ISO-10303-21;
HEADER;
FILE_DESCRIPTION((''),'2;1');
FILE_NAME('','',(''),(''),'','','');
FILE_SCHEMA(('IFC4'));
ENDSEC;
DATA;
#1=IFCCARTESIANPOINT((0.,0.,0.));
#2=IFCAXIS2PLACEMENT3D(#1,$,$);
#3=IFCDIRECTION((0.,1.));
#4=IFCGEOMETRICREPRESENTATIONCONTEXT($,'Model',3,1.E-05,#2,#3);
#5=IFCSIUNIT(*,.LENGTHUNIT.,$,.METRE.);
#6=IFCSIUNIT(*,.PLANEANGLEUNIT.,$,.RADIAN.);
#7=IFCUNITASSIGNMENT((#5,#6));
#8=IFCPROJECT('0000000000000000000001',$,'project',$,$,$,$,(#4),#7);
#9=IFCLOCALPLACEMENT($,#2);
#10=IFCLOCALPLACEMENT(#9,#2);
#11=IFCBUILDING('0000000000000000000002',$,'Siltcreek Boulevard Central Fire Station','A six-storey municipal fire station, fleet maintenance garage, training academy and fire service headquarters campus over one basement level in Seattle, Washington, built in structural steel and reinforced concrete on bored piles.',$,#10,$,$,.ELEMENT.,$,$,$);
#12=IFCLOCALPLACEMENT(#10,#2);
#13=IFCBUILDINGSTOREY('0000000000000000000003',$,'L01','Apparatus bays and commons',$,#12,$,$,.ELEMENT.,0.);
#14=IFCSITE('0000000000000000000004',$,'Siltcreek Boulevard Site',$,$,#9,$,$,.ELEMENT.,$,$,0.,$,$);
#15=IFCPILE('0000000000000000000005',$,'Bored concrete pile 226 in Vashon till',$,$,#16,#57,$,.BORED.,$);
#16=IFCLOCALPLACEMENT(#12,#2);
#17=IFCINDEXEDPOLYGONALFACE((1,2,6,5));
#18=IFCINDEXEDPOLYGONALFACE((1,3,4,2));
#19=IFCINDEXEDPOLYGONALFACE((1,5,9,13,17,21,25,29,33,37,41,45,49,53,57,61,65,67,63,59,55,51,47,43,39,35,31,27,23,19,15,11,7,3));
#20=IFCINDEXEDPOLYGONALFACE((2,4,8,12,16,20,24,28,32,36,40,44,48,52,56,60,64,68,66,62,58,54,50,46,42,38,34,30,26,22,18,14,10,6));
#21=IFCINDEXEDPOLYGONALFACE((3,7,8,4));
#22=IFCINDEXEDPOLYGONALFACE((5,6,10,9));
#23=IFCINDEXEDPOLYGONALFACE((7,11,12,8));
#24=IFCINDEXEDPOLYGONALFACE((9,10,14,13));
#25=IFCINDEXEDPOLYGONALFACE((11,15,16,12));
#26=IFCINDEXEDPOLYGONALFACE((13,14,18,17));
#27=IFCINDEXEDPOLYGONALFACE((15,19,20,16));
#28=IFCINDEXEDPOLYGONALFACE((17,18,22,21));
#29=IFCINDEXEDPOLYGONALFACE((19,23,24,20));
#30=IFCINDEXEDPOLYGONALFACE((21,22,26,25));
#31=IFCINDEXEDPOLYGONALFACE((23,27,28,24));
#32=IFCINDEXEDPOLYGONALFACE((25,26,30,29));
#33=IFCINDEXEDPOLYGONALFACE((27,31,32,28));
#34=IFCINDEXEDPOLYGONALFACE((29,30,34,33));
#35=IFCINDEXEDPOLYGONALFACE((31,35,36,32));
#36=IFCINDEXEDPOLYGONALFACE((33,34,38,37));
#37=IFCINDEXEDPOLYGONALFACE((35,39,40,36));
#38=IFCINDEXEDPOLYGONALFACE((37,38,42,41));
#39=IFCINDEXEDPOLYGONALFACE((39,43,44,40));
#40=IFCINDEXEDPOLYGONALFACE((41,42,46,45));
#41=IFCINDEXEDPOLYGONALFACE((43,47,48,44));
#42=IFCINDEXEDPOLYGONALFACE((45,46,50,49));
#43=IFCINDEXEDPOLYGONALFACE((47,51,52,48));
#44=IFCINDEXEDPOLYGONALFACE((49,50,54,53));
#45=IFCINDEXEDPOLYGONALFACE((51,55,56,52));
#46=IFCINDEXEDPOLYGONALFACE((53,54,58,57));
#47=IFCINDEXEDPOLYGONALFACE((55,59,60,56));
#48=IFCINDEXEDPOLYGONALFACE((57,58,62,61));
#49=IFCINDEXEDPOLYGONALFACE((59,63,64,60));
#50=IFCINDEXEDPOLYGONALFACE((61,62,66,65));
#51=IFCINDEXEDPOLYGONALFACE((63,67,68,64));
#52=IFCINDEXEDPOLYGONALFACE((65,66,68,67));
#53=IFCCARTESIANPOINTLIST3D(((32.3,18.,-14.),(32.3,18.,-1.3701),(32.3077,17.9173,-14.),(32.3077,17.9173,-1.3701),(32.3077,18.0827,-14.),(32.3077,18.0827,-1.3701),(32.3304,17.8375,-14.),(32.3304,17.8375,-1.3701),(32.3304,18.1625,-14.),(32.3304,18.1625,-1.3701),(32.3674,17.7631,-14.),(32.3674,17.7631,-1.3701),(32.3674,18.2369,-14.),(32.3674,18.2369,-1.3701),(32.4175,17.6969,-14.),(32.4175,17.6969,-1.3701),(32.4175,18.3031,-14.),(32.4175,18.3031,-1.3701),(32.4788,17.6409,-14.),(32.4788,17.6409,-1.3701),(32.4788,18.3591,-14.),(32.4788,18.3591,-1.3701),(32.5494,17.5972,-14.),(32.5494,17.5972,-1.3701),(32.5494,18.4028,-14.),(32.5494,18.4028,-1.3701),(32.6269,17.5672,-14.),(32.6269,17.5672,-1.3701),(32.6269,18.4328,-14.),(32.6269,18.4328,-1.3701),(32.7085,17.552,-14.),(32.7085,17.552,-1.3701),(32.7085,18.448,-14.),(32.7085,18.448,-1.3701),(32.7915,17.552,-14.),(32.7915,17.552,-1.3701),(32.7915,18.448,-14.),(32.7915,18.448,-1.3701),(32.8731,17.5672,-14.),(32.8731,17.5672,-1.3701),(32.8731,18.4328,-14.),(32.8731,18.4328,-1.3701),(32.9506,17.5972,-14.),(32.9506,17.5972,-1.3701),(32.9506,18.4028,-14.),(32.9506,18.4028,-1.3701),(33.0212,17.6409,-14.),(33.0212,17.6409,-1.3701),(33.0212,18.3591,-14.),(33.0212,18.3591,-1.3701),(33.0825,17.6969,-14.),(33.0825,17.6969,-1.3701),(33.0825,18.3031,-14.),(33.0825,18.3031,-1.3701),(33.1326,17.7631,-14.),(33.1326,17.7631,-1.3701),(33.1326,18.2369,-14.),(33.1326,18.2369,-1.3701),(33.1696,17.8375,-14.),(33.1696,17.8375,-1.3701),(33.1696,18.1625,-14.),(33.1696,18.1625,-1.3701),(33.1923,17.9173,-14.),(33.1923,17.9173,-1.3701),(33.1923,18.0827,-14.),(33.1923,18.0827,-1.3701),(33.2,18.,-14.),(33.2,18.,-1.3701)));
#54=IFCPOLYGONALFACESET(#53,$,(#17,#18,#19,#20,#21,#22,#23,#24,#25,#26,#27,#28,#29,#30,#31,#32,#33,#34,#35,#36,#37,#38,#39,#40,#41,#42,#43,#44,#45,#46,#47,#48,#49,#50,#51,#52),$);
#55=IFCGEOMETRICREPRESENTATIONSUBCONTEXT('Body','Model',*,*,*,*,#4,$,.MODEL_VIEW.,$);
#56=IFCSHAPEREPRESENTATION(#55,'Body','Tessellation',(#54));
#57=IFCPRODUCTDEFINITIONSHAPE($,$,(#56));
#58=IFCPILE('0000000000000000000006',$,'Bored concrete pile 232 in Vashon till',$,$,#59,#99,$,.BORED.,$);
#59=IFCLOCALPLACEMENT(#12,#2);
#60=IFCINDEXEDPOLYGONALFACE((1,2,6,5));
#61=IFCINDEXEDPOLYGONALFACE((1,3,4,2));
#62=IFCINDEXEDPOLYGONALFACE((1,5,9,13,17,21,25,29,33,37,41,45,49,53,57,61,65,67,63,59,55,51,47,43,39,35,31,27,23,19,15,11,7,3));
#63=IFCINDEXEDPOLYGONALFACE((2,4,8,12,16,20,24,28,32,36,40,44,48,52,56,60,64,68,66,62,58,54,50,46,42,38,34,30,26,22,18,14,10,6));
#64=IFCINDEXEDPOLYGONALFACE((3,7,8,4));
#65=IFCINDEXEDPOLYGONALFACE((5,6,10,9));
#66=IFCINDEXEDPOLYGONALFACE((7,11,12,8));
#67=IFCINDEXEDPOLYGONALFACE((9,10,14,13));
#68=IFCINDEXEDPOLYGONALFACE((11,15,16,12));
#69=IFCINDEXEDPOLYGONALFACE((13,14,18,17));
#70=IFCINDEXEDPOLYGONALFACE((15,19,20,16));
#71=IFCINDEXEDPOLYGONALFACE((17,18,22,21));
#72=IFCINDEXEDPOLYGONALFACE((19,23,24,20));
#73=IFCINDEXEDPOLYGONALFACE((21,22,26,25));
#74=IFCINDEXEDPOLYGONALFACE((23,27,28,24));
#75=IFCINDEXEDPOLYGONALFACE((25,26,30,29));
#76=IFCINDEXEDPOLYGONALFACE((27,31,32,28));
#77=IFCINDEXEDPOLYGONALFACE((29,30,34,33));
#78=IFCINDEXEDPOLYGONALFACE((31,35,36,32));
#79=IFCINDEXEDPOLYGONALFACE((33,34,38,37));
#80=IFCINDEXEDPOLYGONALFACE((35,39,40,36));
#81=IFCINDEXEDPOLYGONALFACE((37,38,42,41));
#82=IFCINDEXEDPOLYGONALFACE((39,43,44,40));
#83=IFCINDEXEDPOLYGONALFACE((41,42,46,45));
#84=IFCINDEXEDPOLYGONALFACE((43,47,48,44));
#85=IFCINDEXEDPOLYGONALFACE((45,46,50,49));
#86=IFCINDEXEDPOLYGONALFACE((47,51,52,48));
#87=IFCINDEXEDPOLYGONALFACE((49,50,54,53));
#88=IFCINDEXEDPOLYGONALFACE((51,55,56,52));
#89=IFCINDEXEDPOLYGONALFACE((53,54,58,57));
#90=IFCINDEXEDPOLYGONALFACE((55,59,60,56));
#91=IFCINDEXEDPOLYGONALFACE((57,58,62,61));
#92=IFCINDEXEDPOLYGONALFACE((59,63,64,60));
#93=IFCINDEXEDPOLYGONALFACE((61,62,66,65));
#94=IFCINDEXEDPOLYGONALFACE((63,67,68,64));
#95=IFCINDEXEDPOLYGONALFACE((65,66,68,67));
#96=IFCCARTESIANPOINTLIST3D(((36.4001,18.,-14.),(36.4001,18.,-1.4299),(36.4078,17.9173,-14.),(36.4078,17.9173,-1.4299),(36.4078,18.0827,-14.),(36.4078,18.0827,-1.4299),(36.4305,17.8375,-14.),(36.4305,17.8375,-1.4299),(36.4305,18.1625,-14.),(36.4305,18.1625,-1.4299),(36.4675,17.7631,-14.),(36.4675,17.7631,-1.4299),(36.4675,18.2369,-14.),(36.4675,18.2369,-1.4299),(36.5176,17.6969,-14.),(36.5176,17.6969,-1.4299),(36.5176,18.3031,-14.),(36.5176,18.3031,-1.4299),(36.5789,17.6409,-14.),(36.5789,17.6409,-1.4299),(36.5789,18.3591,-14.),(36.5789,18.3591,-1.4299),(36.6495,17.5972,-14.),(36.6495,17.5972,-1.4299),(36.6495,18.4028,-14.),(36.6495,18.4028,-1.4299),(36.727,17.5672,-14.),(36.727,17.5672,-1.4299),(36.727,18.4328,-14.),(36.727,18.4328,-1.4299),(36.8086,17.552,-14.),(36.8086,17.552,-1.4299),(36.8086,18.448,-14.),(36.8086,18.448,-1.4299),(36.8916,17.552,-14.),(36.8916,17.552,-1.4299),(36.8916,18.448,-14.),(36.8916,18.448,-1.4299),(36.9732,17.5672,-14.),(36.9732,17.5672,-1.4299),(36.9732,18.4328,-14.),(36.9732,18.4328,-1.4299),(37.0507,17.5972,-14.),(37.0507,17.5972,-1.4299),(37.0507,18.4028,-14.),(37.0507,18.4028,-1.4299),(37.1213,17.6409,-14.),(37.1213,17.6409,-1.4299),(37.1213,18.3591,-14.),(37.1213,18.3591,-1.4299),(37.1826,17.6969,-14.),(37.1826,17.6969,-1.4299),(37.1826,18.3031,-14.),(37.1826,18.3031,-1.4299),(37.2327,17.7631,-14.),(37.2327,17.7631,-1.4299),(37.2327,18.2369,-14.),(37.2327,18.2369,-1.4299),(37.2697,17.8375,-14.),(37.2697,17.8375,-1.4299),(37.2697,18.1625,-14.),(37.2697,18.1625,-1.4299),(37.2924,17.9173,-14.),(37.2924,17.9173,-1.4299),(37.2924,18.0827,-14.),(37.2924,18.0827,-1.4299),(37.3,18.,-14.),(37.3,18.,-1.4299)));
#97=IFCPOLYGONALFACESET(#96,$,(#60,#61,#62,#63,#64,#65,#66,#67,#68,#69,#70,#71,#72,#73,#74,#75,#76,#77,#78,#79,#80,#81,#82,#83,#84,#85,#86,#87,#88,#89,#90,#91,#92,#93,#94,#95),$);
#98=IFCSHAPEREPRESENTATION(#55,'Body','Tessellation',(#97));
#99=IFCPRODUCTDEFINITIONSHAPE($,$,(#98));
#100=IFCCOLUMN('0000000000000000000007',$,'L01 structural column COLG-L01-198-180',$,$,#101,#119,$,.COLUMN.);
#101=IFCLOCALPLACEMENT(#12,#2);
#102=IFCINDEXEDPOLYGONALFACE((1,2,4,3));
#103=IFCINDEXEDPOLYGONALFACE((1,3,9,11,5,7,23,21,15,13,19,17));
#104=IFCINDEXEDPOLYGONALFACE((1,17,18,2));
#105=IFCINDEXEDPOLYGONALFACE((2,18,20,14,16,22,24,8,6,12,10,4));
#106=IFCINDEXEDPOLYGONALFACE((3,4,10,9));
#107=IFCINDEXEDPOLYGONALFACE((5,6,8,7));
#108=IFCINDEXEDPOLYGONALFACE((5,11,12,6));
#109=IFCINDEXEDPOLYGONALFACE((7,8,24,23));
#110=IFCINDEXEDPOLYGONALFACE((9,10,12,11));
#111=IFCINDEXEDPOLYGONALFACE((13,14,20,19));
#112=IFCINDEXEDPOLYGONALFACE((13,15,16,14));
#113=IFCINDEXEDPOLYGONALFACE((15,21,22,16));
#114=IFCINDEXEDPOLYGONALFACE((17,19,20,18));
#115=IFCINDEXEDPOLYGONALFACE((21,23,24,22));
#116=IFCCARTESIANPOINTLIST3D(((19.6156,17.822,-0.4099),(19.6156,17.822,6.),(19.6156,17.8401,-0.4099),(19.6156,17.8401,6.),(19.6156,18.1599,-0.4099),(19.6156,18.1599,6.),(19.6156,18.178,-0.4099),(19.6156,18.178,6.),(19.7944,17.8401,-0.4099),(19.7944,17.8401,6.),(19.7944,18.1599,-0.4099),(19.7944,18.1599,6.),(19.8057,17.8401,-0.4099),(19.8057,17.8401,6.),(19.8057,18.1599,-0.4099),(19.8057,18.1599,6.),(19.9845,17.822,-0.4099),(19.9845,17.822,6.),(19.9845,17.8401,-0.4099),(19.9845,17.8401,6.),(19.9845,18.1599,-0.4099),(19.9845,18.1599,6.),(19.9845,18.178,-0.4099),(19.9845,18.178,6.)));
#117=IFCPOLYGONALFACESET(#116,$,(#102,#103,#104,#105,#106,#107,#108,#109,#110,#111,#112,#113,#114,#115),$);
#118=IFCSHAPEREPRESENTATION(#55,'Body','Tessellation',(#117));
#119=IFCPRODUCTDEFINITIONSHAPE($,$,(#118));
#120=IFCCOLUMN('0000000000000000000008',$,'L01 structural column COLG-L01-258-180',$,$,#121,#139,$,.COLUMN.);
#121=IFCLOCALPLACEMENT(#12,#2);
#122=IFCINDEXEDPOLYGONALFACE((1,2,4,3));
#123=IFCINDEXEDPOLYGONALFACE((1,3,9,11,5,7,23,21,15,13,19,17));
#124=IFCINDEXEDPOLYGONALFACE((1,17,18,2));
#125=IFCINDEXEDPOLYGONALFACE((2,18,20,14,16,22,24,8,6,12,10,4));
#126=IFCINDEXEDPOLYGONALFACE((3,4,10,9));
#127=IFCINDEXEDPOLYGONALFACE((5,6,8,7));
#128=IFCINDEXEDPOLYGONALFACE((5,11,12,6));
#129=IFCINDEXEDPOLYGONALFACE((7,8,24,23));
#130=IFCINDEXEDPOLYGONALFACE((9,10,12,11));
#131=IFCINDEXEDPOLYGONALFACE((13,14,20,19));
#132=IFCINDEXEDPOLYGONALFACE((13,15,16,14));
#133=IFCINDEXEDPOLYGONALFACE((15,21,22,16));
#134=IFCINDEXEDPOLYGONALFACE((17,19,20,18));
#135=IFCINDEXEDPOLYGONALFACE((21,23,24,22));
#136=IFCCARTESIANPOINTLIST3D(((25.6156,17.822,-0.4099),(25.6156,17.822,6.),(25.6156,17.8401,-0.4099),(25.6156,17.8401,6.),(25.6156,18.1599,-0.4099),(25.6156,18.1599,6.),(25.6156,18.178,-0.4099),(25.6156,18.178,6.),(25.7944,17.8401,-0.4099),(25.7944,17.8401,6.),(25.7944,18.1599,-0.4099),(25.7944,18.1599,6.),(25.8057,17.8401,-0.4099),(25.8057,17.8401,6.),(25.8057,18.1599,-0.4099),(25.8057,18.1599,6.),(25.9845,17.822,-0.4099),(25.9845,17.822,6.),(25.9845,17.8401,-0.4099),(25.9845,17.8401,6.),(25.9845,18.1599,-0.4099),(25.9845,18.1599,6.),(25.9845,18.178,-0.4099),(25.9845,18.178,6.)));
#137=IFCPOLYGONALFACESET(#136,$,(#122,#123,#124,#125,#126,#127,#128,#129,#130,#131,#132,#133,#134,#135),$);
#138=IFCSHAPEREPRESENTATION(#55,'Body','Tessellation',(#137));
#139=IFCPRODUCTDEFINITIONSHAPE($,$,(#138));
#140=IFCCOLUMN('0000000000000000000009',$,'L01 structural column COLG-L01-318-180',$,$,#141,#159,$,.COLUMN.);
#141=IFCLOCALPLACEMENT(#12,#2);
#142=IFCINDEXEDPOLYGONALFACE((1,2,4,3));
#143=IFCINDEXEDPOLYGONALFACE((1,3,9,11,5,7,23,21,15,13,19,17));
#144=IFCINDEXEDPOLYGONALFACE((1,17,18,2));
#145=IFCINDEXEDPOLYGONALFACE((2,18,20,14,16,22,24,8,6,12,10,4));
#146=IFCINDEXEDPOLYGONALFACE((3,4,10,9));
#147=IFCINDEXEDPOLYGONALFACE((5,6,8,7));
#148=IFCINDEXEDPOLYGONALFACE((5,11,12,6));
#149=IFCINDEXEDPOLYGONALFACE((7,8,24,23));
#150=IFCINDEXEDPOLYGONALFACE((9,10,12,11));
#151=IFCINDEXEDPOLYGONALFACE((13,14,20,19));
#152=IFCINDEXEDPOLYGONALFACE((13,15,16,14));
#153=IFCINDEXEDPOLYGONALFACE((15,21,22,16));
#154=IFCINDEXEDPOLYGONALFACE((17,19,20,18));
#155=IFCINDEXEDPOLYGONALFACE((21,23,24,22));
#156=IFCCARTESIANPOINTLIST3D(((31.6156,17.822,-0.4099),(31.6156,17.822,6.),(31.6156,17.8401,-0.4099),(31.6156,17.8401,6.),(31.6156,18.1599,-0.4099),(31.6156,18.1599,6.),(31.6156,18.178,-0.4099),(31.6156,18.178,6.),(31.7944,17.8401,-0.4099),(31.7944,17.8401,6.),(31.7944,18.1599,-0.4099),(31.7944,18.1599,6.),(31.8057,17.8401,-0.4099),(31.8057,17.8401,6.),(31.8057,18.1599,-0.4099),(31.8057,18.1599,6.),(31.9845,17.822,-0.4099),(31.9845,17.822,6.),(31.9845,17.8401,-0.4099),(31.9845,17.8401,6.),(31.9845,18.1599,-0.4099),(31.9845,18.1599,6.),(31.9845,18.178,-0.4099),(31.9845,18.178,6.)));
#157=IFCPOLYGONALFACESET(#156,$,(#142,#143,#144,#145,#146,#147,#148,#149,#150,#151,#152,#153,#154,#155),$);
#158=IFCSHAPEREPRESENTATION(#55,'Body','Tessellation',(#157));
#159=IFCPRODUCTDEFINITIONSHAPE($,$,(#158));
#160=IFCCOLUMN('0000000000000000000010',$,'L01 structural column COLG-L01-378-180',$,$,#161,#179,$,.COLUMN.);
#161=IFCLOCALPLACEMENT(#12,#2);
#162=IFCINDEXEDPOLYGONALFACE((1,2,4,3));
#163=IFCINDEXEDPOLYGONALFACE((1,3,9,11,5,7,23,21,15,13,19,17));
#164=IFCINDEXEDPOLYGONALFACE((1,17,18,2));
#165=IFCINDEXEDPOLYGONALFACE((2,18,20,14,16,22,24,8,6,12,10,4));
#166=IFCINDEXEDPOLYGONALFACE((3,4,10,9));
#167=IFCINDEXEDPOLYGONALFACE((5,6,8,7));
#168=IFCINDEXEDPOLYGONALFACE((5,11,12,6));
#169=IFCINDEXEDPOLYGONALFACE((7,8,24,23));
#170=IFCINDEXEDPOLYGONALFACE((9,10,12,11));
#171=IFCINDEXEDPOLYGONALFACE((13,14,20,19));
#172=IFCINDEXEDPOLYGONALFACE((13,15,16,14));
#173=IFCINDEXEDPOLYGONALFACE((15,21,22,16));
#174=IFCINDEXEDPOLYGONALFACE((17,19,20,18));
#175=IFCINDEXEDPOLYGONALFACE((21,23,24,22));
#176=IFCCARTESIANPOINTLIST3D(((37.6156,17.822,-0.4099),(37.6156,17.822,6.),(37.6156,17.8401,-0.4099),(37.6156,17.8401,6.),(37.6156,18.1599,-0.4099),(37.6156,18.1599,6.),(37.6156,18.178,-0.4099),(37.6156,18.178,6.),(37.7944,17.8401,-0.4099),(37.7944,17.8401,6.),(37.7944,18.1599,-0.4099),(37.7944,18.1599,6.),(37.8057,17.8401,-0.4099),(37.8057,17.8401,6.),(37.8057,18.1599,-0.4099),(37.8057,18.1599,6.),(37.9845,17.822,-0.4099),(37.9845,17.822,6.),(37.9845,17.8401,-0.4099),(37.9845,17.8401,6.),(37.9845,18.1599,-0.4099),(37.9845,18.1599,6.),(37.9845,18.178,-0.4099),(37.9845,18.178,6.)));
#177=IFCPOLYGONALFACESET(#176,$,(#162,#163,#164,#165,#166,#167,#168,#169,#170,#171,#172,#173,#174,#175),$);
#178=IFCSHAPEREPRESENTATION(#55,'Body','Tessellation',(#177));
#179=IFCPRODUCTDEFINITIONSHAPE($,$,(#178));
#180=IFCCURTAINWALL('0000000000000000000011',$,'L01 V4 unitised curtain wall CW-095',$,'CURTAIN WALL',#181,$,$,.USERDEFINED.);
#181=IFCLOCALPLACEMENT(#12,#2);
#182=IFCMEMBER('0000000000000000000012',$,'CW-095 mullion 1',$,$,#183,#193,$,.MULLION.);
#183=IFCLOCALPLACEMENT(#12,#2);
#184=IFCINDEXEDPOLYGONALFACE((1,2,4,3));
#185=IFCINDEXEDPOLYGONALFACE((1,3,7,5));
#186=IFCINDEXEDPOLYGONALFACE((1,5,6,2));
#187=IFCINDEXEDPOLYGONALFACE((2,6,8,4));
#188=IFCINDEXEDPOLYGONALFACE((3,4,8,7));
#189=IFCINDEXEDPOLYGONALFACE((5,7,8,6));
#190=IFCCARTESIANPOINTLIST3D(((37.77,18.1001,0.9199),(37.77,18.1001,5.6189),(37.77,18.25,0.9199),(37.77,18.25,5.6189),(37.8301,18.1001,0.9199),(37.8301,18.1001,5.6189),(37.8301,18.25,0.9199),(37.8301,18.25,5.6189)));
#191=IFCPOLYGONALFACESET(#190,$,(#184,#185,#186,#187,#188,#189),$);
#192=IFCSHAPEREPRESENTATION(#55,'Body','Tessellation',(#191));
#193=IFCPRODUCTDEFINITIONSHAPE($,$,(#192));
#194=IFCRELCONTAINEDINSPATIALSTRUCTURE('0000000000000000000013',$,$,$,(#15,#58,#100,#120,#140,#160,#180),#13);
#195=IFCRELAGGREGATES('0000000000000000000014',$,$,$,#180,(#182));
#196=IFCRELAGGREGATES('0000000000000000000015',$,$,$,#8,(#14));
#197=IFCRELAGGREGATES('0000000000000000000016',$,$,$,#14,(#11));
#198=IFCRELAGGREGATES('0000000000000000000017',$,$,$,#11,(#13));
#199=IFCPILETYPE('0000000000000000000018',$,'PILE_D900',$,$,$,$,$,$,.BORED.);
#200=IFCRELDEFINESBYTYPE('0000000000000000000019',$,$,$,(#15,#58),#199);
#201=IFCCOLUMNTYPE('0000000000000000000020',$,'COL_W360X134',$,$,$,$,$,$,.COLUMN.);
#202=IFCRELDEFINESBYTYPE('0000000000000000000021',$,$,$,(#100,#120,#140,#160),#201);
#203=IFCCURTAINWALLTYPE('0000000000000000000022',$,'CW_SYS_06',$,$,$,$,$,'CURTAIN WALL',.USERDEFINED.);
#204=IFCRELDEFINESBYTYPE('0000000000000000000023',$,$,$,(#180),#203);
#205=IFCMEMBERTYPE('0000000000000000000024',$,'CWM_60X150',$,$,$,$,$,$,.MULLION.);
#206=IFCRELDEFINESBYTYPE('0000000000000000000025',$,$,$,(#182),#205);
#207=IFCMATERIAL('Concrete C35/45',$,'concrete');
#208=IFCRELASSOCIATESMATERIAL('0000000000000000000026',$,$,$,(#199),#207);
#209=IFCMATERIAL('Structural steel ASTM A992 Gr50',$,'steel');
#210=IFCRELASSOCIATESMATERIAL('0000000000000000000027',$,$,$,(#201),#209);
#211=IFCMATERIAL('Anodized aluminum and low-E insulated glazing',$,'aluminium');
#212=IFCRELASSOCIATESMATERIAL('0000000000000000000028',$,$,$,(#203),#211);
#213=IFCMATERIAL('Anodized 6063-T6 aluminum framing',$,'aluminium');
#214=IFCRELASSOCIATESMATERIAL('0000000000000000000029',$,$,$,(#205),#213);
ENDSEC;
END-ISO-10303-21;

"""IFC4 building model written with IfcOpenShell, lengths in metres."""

from ifc_helpers import new_model, si_unit, direction, frame, origin, origin_2d, place, context, subcontext, project, spatial, rectangle, circle, i_section, extrude, material, material_profile, profile_set, type_object, element, aggregate, save


model = new_model("IFC4")

# Units and contexts
model_context = context("Model", 3, precision=1e-05, world=origin(), true_north=direction((0.0, 1.0)))
body_context = subcontext(model_context, "Body", "Model", "MODEL_VIEW")
ifc_project = project(units=[si_unit("LENGTHUNIT", "METRE"), si_unit("PLANEANGLEUNIT", "RADIAN")], contexts=[model_context])

# Site, building, storey
site_placement = place(None, origin())
site = spatial("IfcSite", under=ifc_project, at=site_placement, Name="Siltcreek Boulevard Site", CompositionType="ELEMENT", RefElevation=0.0)
building_placement = place(site_placement, origin())
building = spatial("IfcBuilding", under=site, at=building_placement, Name="Siltcreek Boulevard Central Fire Station", Description="A six-storey municipal fire station, fleet maintenance garage, training academy and fire service headquarters campus over one basement level in Seattle, Washington, built in structural steel and reinforced concrete on bored piles.", CompositionType="ELEMENT")
storey_placement = place(building_placement, origin())
storey = spatial("IfcBuildingStorey", under=building, at=storey_placement, Name="L01", Description="Apparatus bays and commons", CompositionType="ELEMENT", Elevation=0.0)

# Shared definitions
ifc_material_1 = material(Name="Concrete C35/45", Category="concrete")

# Piles
ifc_material_profile_1 = material_profile(ifc_material_1, circle(Radius=0.45, at=origin_2d()), Name="SHAFT900")
ifc_profile_set_1 = profile_set([ifc_material_profile_1], Name="Concrete C35/45")
pile_type = type_object("IfcPileType", Name="PILE_D900", PredefinedType="BORED", material=ifc_profile_set_1)
for number, where, z_axis, x_axis, name in (
    (1, (32.75, 18.0, -1.3701), (0.0, 0.0, -1.0), (1.0, 0.0, 0.0), "Bored concrete pile 226 in Vashon till"),
):
    element("IfcPile", number, at=place(storey_placement, frame(where, z_axis=z_axis, x_axis=x_axis)), inside=storey, type_object=pile_type, Name=name, PredefinedType="BORED", context=body_context, shape_type="SweptSolid", body=[
        extrude(circle(Radius=0.45, at=origin_2d()), origin(), (0.0, 0.0, 1.0), 12.6299),
    ])
pile_1_placement = place(storey_placement, frame((36.8501, 18.0, -1.4299), z_axis=(0.0, 0.0, -1.0), x_axis=(1.0, 0.0, 0.0)))
element("IfcPile", 2, at=pile_1_placement, inside=storey, type_object=pile_type, Name="Bored concrete pile 232 in Vashon till", PredefinedType="BORED", context=body_context, shape_type="SweptSolid", body=[
    extrude(circle(Radius=0.45, at=origin_2d()), origin(), (0.0, 0.0, 1.0), 12.5701),
])

# Columns
ifc_material_2 = material(Name="Structural steel ASTM A992 Gr50", Category="steel")
ifc_material_profile_2 = material_profile(ifc_material_2, i_section(OverallWidth=0.3689, OverallDepth=0.356, WebThickness=0.0112, FlangeThickness=0.0181, at=origin_2d()), Name="W360X134")
ifc_profile_set_2 = profile_set([ifc_material_profile_2], Name="Structural steel ASTM A992 Gr50")
column_type = type_object("IfcColumnType", Name="COL_W360X134", PredefinedType="COLUMN", material=ifc_profile_set_2)
for number, where, z_axis, x_axis, name in (
    (3, (19.8, 18.0, -0.4099), (0.0, 0.0, 1.0), (1.0, 0.0, 0.0), "L01 structural column COLG-L01-198-180"),
    (4, (25.8, 18.0, -0.4099), (0.0, 0.0, 1.0), (1.0, 0.0, 0.0), "L01 structural column COLG-L01-258-180"),
    (5, (31.8, 18.0, -0.4099), (0.0, 0.0, 1.0), (1.0, 0.0, 0.0), "L01 structural column COLG-L01-318-180"),
    (6, (37.8, 18.0, -0.4099), (0.0, 0.0, 1.0), (1.0, 0.0, 0.0), "L01 structural column COLG-L01-378-180"),
):
    element("IfcColumn", number, at=place(storey_placement, frame(where, z_axis=z_axis, x_axis=x_axis)), inside=storey, type_object=column_type, Name=name, PredefinedType="COLUMN", context=body_context, shape_type="SweptSolid", body=[
        extrude(i_section(OverallWidth=0.3689, OverallDepth=0.356, WebThickness=0.0112, FlangeThickness=0.0181, at=origin_2d()), origin(), (0.0, 0.0, 1.0), 6.4099),
    ])

# Curtain wall, member
ifc_material_3 = material(Name="Anodized aluminum and low-E insulated glazing", Category="aluminium")
curtain_wall_type = type_object("IfcCurtainWallType", Name="CW_SYS_06", ElementType="CURTAIN WALL", PredefinedType="USERDEFINED", material=ifc_material_3)
curtain_wall_placement = place(storey_placement, origin())
curtain_wall = element("IfcCurtainWall", 7, at=curtain_wall_placement, inside=storey, type_object=curtain_wall_type, Name="L01 V4 unitised curtain wall CW-095", ObjectType="CURTAIN WALL", PredefinedType="USERDEFINED")
ifc_material_4 = material(Name="Anodized 6063-T6 aluminum framing", Category="aluminium")
ifc_material_profile_3 = material_profile(ifc_material_4, rectangle(XDim=0.0601, YDim=0.1499, at=origin_2d()), Name="MULL60X150")
ifc_profile_set_3 = profile_set([ifc_material_profile_3], Name="Anodized 6063-T6 aluminum framing")
member_type_1 = type_object("IfcMemberType", Name="CWM_60X150", PredefinedType="MULLION", material=ifc_profile_set_3)
member_1_placement = place(storey_placement, frame((37.8, 18.175, 0.9199), z_axis=(0.0, 0.0, 1.0), x_axis=(-1.0, 0.0, 0.0)))
member_1 = element("IfcMember", 8, at=member_1_placement, type_object=member_type_1, Name="CW-095 mullion 1", PredefinedType="MULLION", context=body_context, shape_type="SweptSolid", body=[
    extrude(rectangle(XDim=0.0601, YDim=0.1499, at=origin_2d()), origin(), (0.0, 0.0, 1.0), 4.699),
])
aggregate(curtain_wall, [member_1])

save(model, "model.ifc")
